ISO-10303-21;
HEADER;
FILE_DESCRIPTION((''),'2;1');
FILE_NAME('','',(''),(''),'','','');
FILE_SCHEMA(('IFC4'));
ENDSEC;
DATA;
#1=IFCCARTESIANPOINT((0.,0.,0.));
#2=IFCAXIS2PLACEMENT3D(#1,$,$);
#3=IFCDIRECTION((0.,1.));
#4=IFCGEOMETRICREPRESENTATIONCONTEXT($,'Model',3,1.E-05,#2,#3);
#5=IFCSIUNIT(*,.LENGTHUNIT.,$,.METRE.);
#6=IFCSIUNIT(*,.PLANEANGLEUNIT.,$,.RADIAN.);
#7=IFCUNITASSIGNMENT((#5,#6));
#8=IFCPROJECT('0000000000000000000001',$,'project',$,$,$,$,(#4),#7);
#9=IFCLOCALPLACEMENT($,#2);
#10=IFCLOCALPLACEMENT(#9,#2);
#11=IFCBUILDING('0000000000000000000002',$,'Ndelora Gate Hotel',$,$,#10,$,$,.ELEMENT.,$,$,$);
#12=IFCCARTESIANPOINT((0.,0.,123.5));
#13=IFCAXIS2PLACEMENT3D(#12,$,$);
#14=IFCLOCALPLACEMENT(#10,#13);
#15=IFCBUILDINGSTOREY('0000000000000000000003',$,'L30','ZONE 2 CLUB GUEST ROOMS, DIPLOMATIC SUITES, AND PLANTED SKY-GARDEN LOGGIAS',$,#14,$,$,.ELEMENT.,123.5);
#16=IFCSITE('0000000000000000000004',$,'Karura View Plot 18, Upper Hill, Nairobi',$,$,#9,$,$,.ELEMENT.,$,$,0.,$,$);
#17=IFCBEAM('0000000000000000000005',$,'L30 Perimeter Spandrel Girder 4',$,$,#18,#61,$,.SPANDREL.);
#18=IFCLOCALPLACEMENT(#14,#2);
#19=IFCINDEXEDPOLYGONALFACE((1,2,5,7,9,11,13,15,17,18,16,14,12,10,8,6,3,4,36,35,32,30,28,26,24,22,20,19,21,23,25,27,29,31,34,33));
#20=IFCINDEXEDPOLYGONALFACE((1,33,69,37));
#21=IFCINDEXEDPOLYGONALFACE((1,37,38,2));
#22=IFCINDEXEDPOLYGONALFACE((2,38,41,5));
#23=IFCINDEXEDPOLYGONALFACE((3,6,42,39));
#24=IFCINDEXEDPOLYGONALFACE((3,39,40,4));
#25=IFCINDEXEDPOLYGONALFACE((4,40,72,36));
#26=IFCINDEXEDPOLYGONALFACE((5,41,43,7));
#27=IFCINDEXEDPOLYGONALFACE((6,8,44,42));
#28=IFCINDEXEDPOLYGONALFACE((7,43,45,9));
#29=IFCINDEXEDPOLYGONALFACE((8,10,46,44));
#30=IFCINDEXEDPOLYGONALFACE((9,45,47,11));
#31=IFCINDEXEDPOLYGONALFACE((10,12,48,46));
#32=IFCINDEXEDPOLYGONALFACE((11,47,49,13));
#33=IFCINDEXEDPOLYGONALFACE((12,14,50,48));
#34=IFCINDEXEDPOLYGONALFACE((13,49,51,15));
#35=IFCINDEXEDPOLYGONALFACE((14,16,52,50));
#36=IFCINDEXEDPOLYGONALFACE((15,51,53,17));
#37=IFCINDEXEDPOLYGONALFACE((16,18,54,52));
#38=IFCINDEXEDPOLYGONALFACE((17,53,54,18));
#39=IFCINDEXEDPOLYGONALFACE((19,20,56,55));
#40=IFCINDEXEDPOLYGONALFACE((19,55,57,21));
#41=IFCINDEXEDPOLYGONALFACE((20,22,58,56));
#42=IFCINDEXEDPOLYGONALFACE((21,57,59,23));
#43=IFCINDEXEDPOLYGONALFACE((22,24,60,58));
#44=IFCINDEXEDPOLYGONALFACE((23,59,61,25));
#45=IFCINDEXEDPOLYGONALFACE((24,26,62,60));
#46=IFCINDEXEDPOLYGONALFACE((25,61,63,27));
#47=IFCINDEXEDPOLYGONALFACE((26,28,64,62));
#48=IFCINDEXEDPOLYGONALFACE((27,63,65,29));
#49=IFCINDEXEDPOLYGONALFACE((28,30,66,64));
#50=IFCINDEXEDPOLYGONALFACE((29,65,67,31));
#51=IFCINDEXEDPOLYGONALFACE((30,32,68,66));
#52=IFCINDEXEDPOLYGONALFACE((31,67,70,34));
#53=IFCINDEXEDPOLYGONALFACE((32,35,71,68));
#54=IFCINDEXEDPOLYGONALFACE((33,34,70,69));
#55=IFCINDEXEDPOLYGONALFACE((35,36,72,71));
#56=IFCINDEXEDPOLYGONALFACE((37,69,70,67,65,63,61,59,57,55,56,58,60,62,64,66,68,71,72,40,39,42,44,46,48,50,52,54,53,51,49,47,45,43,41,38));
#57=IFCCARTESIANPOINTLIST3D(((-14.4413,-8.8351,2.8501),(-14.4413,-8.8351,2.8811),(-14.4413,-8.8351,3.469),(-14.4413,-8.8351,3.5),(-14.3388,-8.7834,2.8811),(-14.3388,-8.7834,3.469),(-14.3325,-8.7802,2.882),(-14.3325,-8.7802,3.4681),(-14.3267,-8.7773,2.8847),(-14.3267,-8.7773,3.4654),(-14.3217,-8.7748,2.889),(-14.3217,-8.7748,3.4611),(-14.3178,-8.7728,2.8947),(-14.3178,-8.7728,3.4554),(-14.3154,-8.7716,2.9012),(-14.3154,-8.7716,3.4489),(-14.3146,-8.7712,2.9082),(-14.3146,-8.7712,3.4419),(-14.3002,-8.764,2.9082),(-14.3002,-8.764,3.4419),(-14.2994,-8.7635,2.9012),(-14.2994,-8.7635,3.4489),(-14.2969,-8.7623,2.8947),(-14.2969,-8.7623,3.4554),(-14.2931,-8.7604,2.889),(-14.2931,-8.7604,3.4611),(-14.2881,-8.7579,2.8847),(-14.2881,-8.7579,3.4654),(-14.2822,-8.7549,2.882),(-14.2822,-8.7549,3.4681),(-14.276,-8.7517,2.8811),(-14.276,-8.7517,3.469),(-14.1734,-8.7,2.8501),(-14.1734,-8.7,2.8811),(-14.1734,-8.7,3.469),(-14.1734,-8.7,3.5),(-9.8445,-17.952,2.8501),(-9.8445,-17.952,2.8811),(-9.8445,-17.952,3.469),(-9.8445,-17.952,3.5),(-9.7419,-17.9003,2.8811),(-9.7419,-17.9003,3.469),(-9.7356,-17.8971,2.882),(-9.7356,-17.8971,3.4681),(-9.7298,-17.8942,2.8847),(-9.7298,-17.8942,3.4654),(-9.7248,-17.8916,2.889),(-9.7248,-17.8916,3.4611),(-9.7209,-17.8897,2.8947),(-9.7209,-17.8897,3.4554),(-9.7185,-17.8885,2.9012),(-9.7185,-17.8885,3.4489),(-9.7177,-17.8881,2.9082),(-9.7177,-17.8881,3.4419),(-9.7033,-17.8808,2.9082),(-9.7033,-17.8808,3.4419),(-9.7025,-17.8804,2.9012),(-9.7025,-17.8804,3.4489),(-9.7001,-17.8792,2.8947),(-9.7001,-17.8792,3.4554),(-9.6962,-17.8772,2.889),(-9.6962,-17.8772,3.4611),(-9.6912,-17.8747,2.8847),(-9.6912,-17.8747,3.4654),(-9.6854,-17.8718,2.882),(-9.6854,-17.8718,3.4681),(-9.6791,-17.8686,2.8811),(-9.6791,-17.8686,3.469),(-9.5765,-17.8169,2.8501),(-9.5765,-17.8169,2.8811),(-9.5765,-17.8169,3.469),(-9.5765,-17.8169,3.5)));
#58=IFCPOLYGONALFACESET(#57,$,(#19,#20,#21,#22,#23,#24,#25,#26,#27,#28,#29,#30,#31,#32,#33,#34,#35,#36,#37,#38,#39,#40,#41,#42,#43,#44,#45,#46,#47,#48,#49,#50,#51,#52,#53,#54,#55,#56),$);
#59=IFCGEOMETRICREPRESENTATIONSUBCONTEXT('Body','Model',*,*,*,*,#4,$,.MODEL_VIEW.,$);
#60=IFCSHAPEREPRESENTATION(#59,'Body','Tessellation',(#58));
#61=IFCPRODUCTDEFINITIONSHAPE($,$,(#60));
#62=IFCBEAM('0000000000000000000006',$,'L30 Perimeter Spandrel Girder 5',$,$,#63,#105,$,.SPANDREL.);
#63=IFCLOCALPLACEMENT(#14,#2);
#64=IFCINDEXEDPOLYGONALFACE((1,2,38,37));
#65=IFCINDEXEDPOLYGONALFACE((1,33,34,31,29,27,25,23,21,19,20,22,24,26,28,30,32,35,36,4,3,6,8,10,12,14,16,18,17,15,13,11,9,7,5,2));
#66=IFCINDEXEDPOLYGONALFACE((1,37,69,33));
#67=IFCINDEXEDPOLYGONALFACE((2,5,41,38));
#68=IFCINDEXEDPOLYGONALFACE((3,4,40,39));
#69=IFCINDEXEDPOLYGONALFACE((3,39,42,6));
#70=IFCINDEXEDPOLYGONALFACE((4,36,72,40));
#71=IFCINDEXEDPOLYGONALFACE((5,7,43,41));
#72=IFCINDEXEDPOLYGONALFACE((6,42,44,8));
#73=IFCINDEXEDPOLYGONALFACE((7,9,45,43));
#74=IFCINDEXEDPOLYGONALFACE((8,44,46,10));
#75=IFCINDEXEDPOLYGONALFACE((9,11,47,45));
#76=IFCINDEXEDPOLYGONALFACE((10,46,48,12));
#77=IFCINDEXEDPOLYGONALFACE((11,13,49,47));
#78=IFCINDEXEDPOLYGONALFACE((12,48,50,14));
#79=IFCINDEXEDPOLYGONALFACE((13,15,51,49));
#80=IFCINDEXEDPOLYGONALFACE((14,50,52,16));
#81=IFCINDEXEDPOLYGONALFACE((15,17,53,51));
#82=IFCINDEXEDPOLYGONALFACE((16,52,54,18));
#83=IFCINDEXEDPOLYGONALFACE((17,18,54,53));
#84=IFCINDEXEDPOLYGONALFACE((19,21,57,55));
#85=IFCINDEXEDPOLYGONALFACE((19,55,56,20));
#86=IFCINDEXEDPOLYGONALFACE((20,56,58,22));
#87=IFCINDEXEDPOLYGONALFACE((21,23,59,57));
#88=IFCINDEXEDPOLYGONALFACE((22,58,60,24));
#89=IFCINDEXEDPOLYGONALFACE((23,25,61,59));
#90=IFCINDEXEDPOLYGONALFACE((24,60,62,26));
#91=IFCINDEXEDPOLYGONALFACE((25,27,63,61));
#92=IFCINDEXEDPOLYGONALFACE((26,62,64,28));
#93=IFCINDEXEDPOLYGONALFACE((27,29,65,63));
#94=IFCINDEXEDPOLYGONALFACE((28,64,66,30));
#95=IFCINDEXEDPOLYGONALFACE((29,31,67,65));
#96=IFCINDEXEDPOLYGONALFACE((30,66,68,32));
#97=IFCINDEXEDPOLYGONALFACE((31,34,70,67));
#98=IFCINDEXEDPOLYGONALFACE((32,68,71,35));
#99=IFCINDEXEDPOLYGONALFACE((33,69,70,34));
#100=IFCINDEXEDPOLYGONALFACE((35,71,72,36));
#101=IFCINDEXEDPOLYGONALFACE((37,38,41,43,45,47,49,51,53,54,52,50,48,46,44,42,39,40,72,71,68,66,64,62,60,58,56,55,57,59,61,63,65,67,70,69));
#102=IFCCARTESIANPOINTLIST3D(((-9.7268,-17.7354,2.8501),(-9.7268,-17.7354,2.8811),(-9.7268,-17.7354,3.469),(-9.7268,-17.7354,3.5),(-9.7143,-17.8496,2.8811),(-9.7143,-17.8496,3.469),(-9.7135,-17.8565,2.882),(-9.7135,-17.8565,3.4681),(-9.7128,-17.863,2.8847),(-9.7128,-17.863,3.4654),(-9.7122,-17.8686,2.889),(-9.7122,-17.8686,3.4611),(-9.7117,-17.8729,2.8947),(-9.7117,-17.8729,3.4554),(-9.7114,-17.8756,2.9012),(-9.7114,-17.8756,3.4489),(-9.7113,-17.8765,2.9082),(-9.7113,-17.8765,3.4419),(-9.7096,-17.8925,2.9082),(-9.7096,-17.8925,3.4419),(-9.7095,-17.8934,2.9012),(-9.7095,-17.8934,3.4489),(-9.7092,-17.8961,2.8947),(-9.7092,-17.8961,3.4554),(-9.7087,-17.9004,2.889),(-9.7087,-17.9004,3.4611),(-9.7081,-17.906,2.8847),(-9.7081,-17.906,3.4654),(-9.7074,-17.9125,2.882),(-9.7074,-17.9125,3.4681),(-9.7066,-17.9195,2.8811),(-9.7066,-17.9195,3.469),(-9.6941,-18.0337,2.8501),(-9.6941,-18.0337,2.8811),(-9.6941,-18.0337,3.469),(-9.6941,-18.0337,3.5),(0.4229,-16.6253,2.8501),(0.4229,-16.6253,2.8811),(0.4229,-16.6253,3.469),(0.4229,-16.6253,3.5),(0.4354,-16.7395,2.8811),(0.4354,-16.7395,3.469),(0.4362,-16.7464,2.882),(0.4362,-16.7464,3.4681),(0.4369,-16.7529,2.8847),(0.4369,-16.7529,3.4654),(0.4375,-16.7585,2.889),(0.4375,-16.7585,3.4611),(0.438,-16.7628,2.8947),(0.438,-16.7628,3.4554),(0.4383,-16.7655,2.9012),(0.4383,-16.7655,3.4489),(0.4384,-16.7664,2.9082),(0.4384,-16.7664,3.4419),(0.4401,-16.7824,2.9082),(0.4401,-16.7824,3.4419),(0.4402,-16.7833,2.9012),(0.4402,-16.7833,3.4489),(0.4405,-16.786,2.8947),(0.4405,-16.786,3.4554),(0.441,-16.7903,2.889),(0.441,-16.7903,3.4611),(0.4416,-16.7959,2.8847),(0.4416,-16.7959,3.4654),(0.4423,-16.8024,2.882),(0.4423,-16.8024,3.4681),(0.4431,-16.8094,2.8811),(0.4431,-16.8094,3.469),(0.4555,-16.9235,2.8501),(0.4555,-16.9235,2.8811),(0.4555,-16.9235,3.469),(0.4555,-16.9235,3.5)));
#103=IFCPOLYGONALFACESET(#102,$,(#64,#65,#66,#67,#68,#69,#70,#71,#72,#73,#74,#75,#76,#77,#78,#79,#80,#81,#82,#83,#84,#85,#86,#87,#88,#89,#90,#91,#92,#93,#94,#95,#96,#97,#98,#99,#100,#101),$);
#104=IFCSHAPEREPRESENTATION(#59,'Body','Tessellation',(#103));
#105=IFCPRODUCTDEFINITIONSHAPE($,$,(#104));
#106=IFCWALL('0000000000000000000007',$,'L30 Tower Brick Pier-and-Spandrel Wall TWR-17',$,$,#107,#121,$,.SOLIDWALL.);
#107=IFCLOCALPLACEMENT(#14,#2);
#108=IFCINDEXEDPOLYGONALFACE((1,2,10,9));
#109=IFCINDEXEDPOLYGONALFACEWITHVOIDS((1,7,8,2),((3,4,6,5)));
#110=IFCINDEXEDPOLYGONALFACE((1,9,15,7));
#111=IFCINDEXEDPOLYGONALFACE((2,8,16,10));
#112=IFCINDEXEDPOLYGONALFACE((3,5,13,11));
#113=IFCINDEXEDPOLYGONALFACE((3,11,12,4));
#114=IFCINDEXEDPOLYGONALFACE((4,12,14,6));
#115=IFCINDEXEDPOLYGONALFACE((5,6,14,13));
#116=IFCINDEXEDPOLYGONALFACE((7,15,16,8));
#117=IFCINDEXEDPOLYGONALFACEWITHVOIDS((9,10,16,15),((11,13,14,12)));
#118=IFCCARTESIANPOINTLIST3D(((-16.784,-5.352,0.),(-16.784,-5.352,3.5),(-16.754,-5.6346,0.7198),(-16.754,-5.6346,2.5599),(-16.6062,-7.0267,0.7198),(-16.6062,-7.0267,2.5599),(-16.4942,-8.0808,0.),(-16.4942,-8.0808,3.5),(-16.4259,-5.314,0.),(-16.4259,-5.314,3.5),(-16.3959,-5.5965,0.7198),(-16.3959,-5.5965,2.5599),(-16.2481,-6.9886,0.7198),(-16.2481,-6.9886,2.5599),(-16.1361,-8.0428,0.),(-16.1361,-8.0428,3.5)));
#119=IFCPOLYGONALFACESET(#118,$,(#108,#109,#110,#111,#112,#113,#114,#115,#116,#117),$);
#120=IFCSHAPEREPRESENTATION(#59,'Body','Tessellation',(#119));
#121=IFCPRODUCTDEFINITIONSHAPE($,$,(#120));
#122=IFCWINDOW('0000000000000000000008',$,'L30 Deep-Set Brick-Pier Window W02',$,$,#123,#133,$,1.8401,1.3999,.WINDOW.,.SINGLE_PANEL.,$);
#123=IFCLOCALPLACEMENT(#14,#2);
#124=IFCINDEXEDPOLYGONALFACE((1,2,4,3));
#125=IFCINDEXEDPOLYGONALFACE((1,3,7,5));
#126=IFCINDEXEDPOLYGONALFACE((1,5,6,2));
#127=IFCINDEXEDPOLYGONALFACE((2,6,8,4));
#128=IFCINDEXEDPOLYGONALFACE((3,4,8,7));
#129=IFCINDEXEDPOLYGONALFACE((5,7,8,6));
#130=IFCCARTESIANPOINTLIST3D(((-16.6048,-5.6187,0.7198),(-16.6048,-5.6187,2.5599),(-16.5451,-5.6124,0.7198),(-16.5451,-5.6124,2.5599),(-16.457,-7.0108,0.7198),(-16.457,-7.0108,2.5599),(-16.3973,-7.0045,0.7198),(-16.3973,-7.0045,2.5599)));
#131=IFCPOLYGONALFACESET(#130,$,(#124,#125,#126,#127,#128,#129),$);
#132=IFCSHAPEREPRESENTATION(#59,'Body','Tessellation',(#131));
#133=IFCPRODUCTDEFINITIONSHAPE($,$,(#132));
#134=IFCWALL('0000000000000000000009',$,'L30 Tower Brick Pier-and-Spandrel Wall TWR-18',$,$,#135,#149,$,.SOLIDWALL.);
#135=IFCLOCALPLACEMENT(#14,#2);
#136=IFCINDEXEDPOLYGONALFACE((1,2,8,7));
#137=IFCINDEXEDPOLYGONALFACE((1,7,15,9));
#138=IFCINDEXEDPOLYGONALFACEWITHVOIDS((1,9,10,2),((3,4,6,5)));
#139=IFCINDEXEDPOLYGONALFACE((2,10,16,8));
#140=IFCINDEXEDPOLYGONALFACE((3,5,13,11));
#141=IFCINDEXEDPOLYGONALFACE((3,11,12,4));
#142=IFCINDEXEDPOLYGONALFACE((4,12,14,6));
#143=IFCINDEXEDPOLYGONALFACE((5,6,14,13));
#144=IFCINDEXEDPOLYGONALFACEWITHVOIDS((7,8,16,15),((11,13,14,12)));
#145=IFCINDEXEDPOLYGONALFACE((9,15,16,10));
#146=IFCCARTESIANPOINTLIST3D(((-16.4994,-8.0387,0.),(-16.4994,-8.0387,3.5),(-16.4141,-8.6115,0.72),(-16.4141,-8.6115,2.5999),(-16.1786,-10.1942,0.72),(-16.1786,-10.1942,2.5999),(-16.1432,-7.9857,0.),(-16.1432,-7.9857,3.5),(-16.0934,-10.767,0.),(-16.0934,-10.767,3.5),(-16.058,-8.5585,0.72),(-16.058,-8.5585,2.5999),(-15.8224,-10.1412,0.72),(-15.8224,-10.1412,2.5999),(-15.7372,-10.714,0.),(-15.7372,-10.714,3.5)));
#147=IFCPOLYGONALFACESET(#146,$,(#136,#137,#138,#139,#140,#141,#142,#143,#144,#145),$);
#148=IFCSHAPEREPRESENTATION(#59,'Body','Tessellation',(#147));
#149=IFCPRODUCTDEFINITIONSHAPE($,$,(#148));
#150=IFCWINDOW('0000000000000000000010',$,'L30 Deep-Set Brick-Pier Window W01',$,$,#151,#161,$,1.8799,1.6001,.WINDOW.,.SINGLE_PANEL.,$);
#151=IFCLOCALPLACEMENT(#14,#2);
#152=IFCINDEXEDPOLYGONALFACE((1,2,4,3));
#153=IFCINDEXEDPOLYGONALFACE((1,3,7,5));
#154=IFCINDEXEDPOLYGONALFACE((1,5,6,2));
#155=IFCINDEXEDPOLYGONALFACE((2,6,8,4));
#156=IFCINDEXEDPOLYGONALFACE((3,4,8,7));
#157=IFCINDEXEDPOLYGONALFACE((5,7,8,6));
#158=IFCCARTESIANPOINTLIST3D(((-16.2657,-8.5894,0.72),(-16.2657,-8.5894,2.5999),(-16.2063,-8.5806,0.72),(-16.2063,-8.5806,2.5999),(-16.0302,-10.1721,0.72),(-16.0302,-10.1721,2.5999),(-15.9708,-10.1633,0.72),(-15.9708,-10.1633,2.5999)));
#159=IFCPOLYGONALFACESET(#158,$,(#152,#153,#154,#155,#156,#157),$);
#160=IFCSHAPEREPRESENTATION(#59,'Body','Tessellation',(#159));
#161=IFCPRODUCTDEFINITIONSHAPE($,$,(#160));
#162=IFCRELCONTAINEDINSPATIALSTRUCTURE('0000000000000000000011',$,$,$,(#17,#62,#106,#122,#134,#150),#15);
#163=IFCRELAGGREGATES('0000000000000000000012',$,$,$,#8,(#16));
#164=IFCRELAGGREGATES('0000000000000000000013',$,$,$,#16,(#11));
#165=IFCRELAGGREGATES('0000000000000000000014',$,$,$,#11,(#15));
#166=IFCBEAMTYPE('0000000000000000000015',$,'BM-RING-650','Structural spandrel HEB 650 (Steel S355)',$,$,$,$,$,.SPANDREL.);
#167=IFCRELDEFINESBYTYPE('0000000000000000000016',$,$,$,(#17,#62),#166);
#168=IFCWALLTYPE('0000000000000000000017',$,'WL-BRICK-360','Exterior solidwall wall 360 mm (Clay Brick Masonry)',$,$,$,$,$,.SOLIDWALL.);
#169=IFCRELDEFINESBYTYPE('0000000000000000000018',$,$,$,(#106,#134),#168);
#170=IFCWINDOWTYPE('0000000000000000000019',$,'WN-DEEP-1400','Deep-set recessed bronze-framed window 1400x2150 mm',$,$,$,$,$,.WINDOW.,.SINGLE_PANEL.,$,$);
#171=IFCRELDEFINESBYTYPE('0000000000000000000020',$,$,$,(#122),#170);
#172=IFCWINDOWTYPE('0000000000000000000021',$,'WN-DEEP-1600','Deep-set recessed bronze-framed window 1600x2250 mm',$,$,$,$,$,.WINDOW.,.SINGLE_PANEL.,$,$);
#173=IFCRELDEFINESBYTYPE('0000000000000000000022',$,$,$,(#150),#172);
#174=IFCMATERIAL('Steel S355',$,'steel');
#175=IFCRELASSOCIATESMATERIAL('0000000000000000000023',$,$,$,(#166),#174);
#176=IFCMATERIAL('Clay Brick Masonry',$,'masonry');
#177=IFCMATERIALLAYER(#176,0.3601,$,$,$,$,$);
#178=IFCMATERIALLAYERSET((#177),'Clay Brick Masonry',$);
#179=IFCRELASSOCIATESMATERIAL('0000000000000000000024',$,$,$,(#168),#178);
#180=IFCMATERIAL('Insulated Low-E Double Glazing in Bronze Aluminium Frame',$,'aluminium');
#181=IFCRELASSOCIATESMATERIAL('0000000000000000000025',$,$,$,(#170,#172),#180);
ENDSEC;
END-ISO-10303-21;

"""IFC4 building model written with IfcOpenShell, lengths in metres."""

from ifc_helpers import new_model, si_unit, direction, frame, frame_2d, origin, origin_2d, place, context, subcontext, project, spatial, rectangle, i_section, extrude, material, layer, layer_set, material_profile, profile_set, type_object, element, fill, save


model = new_model("IFC4")

# Units and contexts
model_context = context("Model", 3, precision=1e-05, world=origin(), true_north=direction((0.0, 1.0)))
body_context = subcontext(model_context, "Body", "Model", "MODEL_VIEW")
ifc_project = project(units=[si_unit("LENGTHUNIT", "METRE"), si_unit("PLANEANGLEUNIT", "RADIAN")], contexts=[model_context])

# Site, building, storey
site_placement = place(None, origin())
site = spatial("IfcSite", under=ifc_project, at=site_placement, Name="Karura View Plot 18, Upper Hill, Nairobi", CompositionType="ELEMENT", RefElevation=0.0)
building_placement = place(site_placement, origin())
building = spatial("IfcBuilding", under=site, at=building_placement, Name="Ndelora Gate Hotel", CompositionType="ELEMENT")
storey_placement = place(building_placement, frame((0.0, 0.0, 123.5)))
storey = spatial("IfcBuildingStorey", under=building, at=storey_placement, Name="L30", Description="ZONE 2 CLUB GUEST ROOMS, DIPLOMATIC SUITES, AND PLANTED SKY-GARDEN LOGGIAS", CompositionType="ELEMENT", Elevation=123.5)

# Beams
ifc_material_1 = material(Name="Steel S355", Category="steel")
ifc_material_profile_1 = material_profile(ifc_material_1, i_section(OverallWidth=0.3, OverallDepth=0.6499, WebThickness=0.0161, FlangeThickness=0.031, FilletRadius=0.0271, at=origin_2d()), Name="HEB 650")
ifc_profile_set_1 = profile_set([ifc_material_profile_1], Name="Steel S355")
beam_type_1 = type_object("IfcBeamType", Name="BM-RING-650", Description="Structural spandrel HEB 650 (Steel S355)", PredefinedType="SPANDREL", material=ifc_profile_set_1)
for number, where, z_axis, x_axis, name in (
    (1, (-14.3074, -8.7676, 3.175), (0.450224, -0.892916, 0.0), (0.892916, 0.450224, 0.0), "L30 Perimeter Spandrel Girder 4"),
    (2, (-9.7104, -17.8845, 3.175), (0.994072, 0.108725, 0.0), (-0.108725, 0.994072, 0.0), "L30 Perimeter Spandrel Girder 5"),
):
    element("IfcBeam", number, at=place(storey_placement, frame(where, z_axis=z_axis, x_axis=x_axis)), inside=storey, type_object=beam_type_1, Name=name, PredefinedType="SPANDREL", context=body_context, shape_type="SweptSolid", body=[
        extrude(i_section(OverallWidth=0.3, OverallDepth=0.6499, WebThickness=0.0161, FlangeThickness=0.031, FilletRadius=0.0271, at=origin_2d()), origin(), (0.0, 0.0, 1.0), 10.2102),
    ])

# Walls, openings, windows
ifc_material_2 = material(Name="Clay Brick Masonry", Category="masonry")
ifc_layer_1 = layer(ifc_material_2, 0.3601)
ifc_layer_set_1 = layer_set([ifc_layer_1], Name="Clay Brick Masonry")
wall_type = type_object("IfcWallType", Name="WL-BRICK-360", Description="Exterior solidwall wall 360 mm (Clay Brick Masonry)", PredefinedType="SOLIDWALL", material=ifc_layer_set_1)
wall_1_placement = place(storey_placement, frame((-16.3152, -8.0618, 0.0), z_axis=(0.0, 0.0, 1.0), x_axis=(-0.105606, 0.994408, 0.0)))
wall_1 = element("IfcWall", 3, at=wall_1_placement, inside=storey, type_object=wall_type, Name="L30 Tower Brick Pier-and-Spandrel Wall TWR-17", PredefinedType="SOLIDWALL", context=body_context, shape_type="SweptSolid", body=[
    extrude(rectangle(XDim=2.7441, YDim=0.3601, at=frame_2d((1.3721, 0.0))), origin(), (0.0, 0.0, 1.0), 3.5),
])
opening_1_placement = place(wall_1_placement, frame((1.0601, 0.0, 0.72)))
opening_1 = element("IfcOpeningElement", 4, at=opening_1_placement, cuts=wall_1, PredefinedType="OPENING", context=body_context, shape_type="SweptSolid", body=[
    extrude(rectangle(XDim=1.3999, YDim=1.8401, at=frame_2d((0.7, 0.9199))), frame((0.0, 0.1899, 0.0), z_axis=(0.0, -1.0, 0.0), x_axis=(1.0, 0.0, 0.0)), (0.0, 0.0, 1.0), 0.3801),
])
ifc_material_3 = material(Name="Insulated Low-E Double Glazing in Bronze Aluminium Frame", Category="aluminium")
window_type_1 = type_object("IfcWindowType", Name="WN-DEEP-1400", Description="Deep-set recessed bronze-framed window 1400x2150 mm", PartitioningType="SINGLE_PANEL", PredefinedType="WINDOW", material=ifc_material_3)
window_1_placement = place(opening_1_placement, origin())
window_1 = element("IfcWindow", 5, at=window_1_placement, inside=storey, type_object=window_type_1, Name="L30 Deep-Set Brick-Pier Window W02", OverallHeight=1.8401, OverallWidth=1.3999, PartitioningType="SINGLE_PANEL", PredefinedType="WINDOW", context=body_context, shape_type="SweptSolid", body=[
    extrude(rectangle(XDim=1.3999, YDim=1.8401, at=frame_2d((0.7, 0.9199))), frame((0.0, 0.03, 0.0), z_axis=(0.0, -1.0, 0.0), x_axis=(1.0, 0.0, 0.0)), (0.0, 0.0, 1.0), 0.0601),
])
fill(opening_1, window_1)
wall_2_placement = place(storey_placement, frame((-15.9153, -10.7405, 0.0), z_axis=(0.0, 0.0, 1.0), x_axis=(-0.147193, 0.989108, 0.0)))
wall_2 = element("IfcWall", 6, at=wall_2_placement, inside=storey, type_object=wall_type, Name="L30 Tower Brick Pier-and-Spandrel Wall TWR-18", PredefinedType="SOLIDWALL", context=body_context, shape_type="SweptSolid", body=[
    extrude(rectangle(XDim=2.7583, YDim=0.3601, at=frame_2d((1.3792, 0.0))), origin(), (0.0, 0.0, 1.0), 3.5),
])
opening_2_placement = place(wall_2_placement, frame((0.5791, 0.0, 0.72)))
opening_2 = element("IfcOpeningElement", 7, at=opening_2_placement, cuts=wall_2, PredefinedType="OPENING", context=body_context, shape_type="SweptSolid", body=[
    extrude(rectangle(XDim=1.6001, YDim=1.8799, at=frame_2d((0.8, 0.9399))), frame((0.0, 0.1899, 0.0), z_axis=(0.0, -1.0, 0.0), x_axis=(1.0, 0.0, 0.0)), (0.0, 0.0, 1.0), 0.3801),
])
window_type_2 = type_object("IfcWindowType", Name="WN-DEEP-1600", Description="Deep-set recessed bronze-framed window 1600x2250 mm", PartitioningType="SINGLE_PANEL", PredefinedType="WINDOW", material=ifc_material_3)
window_2_placement = place(opening_2_placement, origin())
window_2 = element("IfcWindow", 8, at=window_2_placement, inside=storey, type_object=window_type_2, Name="L30 Deep-Set Brick-Pier Window W01", OverallHeight=1.8799, OverallWidth=1.6001, PartitioningType="SINGLE_PANEL", PredefinedType="WINDOW", context=body_context, shape_type="SweptSolid", body=[
    extrude(rectangle(XDim=1.6001, YDim=1.8799, at=frame_2d((0.8, 0.9399))), frame((0.0, 0.03, 0.0), z_axis=(0.0, -1.0, 0.0), x_axis=(1.0, 0.0, 0.0)), (0.0, 0.0, 1.0), 0.0601),
])
fill(opening_2, window_2)

save(model, "model.ifc")
